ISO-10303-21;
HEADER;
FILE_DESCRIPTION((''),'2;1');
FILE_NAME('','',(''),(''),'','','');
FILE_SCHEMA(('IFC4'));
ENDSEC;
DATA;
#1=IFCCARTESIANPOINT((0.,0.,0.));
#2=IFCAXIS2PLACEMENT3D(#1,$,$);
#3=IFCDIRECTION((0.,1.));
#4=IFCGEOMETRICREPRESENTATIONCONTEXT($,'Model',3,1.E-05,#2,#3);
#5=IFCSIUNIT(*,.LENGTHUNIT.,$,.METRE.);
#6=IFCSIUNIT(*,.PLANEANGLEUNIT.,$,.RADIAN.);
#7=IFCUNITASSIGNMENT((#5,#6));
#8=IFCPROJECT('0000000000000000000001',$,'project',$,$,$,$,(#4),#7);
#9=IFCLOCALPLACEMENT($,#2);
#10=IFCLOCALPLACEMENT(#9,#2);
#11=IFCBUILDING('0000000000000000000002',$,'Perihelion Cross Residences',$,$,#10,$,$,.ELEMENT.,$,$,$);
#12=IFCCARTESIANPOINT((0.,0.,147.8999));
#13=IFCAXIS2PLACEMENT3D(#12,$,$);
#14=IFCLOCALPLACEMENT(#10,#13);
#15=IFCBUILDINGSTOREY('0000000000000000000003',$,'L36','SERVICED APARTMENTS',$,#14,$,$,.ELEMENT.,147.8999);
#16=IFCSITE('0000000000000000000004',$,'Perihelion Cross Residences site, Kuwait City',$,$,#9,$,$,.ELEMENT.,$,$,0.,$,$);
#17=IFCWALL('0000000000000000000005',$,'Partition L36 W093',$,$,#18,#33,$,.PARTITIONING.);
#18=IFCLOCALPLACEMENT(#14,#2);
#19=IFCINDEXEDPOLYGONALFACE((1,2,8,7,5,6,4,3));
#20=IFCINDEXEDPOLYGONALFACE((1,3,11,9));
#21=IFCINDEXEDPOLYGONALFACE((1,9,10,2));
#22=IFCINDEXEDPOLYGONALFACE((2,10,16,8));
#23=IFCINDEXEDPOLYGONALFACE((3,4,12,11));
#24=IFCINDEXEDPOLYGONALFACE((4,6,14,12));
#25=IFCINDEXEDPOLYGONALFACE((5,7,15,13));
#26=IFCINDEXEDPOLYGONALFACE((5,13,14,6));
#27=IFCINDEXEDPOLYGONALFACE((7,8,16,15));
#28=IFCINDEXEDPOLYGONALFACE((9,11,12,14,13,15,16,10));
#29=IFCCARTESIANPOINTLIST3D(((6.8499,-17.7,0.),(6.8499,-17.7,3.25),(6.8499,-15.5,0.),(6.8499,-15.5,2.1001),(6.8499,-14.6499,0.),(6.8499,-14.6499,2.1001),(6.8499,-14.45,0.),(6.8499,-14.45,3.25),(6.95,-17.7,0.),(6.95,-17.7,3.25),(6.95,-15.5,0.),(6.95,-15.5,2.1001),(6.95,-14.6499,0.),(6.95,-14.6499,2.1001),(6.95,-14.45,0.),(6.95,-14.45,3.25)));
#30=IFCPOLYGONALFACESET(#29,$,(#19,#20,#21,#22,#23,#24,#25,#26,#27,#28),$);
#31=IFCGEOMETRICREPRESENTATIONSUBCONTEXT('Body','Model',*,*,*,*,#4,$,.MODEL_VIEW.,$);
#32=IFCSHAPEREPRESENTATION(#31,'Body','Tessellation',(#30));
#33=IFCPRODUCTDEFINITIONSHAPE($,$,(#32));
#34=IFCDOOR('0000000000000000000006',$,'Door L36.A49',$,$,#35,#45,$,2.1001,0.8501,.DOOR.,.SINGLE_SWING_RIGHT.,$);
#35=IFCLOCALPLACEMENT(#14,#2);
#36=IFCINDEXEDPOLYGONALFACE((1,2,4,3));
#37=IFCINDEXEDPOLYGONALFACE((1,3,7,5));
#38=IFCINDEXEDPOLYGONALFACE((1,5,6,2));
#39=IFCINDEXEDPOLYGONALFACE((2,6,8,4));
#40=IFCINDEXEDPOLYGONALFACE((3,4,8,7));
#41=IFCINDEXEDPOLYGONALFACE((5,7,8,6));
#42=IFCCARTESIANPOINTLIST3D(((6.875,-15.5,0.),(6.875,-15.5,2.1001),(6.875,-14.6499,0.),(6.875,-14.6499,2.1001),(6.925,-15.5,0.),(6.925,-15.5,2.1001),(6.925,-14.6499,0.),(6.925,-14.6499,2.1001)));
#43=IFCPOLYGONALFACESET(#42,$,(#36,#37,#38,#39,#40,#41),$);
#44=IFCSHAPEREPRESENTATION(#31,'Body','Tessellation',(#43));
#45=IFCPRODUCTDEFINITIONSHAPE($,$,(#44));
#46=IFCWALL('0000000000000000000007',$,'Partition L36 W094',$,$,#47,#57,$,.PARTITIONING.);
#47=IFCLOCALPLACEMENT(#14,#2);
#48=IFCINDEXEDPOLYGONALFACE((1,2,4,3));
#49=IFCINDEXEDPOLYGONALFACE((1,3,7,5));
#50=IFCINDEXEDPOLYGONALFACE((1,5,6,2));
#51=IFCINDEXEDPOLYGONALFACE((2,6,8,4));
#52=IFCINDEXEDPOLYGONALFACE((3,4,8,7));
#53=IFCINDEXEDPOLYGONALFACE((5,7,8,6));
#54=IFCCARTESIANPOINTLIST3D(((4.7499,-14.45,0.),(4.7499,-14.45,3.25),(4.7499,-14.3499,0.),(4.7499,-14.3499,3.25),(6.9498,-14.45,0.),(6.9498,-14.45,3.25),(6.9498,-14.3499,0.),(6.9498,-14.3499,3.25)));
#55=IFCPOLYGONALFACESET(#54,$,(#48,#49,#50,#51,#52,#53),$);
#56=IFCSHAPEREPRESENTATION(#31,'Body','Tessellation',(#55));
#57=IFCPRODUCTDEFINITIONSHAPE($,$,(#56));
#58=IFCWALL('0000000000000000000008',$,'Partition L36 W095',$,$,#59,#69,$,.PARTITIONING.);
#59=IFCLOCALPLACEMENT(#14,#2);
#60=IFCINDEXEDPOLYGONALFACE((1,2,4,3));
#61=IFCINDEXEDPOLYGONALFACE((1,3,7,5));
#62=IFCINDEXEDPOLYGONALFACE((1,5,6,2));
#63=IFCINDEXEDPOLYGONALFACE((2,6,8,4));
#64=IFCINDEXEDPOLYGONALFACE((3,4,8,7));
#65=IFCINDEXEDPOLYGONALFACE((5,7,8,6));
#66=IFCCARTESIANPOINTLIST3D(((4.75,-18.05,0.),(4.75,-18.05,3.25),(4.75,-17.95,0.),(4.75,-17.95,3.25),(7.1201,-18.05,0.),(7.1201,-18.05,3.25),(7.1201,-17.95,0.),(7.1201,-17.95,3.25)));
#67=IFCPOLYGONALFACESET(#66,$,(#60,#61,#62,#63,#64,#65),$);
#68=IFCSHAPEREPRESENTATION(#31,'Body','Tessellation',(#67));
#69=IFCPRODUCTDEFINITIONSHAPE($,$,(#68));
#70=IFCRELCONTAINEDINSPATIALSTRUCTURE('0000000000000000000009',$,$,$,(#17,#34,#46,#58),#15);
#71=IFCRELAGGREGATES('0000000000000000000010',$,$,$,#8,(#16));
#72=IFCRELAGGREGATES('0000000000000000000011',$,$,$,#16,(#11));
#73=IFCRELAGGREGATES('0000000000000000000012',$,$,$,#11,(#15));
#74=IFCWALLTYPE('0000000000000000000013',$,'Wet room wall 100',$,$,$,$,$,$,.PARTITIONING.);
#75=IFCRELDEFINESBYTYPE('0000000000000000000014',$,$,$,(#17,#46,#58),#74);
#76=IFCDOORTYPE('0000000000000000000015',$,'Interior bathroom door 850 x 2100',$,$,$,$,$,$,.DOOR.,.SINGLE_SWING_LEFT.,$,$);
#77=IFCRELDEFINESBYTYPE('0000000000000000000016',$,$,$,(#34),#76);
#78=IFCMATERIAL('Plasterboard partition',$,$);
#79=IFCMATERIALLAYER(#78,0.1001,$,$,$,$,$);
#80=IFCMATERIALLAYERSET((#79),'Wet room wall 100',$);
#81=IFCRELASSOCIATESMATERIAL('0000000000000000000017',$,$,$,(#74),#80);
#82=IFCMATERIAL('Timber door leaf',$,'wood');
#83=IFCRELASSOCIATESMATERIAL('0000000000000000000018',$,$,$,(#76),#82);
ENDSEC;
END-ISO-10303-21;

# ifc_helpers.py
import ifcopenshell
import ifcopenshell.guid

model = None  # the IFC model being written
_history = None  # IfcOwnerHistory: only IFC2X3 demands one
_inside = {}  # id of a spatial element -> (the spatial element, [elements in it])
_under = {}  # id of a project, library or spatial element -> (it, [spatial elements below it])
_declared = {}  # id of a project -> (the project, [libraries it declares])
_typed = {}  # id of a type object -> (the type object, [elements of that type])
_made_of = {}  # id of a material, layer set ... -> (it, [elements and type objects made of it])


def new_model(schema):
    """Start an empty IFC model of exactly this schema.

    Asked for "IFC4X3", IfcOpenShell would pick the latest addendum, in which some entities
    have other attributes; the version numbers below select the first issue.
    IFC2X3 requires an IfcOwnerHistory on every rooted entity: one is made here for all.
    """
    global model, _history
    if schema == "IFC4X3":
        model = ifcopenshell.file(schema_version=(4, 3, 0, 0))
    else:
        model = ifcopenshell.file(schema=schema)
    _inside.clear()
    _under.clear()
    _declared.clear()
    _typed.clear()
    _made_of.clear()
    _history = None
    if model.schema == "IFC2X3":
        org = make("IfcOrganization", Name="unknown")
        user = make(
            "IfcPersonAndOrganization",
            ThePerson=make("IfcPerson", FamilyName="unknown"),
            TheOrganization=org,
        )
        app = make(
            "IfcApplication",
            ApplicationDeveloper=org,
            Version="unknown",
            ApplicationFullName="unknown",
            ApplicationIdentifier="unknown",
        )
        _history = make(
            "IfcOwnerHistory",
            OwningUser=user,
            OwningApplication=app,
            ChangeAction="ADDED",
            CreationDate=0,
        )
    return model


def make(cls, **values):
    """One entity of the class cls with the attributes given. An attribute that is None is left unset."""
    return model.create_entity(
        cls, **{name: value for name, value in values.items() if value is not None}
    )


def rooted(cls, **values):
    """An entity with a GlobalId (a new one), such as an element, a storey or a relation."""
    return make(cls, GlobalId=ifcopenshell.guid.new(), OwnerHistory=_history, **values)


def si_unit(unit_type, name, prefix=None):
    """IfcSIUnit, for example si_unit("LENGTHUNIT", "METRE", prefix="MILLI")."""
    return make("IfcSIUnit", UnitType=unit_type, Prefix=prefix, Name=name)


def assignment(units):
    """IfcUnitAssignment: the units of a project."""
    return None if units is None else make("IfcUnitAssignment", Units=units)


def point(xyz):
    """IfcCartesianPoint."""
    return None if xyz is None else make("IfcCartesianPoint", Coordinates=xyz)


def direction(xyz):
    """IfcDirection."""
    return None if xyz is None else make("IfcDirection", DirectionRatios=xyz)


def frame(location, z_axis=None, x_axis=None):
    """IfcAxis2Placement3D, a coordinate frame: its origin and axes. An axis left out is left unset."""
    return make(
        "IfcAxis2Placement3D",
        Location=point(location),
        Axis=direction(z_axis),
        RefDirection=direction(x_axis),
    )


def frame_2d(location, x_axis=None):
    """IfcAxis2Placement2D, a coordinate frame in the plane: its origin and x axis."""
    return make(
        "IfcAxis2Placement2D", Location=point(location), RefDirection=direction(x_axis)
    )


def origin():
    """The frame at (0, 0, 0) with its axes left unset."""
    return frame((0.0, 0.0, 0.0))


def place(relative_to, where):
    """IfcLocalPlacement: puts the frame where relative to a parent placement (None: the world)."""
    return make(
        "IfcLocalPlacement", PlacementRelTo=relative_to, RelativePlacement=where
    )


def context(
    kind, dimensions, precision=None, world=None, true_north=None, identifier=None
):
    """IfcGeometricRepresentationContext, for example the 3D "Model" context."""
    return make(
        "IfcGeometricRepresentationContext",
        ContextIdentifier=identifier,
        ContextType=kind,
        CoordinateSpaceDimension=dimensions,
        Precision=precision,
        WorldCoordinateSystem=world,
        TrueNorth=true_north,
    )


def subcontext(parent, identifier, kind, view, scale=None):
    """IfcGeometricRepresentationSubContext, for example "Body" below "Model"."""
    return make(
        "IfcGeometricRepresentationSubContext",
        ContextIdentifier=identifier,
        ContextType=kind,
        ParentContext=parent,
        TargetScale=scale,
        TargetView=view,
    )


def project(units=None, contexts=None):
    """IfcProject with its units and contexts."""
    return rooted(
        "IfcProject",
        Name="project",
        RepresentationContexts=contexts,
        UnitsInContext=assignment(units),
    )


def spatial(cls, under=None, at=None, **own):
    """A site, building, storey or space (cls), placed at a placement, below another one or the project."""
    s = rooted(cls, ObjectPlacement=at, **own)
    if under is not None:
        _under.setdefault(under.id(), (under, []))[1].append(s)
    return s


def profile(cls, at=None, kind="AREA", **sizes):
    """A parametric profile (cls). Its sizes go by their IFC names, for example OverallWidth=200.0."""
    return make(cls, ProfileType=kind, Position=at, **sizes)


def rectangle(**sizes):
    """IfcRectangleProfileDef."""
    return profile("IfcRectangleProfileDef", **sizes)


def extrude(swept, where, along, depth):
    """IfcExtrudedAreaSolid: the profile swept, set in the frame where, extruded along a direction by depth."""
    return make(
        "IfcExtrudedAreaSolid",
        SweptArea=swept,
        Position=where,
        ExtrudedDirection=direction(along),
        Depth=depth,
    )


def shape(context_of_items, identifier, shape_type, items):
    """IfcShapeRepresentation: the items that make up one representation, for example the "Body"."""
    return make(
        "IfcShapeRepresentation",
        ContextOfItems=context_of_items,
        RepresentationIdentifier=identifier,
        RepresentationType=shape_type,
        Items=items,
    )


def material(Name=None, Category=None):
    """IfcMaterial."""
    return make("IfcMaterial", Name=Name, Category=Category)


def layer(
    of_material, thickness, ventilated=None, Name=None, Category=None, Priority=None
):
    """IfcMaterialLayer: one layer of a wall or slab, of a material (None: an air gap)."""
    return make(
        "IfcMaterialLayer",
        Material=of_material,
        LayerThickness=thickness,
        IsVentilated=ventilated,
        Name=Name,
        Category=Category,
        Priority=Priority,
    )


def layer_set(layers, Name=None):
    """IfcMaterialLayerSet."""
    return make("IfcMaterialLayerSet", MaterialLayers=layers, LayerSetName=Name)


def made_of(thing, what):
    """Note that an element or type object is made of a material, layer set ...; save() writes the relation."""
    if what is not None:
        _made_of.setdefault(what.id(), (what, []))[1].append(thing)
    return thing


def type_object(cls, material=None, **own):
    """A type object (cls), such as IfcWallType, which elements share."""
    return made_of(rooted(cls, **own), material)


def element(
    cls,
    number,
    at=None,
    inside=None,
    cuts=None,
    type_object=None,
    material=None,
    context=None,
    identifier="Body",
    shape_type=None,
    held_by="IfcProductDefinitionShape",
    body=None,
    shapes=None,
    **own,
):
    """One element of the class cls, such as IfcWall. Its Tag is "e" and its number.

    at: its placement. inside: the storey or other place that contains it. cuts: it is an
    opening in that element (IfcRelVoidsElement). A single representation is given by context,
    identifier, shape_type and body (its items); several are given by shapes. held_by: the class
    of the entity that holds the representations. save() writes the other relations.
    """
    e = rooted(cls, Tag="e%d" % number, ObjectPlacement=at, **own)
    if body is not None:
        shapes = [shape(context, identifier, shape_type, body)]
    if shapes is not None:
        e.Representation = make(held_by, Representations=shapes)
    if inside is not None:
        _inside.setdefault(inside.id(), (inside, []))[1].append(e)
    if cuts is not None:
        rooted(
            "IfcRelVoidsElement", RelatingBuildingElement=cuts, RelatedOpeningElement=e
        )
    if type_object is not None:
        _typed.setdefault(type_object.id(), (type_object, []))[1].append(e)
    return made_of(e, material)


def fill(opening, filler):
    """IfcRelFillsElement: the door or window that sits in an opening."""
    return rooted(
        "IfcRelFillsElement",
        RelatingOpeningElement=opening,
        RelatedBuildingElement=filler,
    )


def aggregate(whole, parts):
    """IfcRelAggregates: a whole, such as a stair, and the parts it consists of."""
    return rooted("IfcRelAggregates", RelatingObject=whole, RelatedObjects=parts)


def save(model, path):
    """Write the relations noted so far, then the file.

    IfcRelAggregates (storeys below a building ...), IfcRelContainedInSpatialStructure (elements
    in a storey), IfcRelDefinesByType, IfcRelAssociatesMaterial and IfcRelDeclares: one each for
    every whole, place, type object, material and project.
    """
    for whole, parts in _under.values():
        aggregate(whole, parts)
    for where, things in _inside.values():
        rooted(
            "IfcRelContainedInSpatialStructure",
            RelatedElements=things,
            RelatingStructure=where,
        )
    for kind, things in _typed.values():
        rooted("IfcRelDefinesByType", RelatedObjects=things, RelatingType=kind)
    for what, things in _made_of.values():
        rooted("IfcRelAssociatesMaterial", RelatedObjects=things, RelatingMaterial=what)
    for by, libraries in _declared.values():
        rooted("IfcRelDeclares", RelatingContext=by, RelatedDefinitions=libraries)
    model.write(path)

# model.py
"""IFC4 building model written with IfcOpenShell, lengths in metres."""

from ifc_helpers import new_model, si_unit, direction, frame, frame_2d, origin, place, context, subcontext, project, spatial, rectangle, extrude, material, layer, layer_set, type_object, element, fill, save


model = new_model("IFC4")

# Units and contexts
model_context = context("Model", 3, precision=1e-05, world=origin(), true_north=direction((0.0, 1.0)))
body_context = subcontext(model_context, "Body", "Model", "MODEL_VIEW")
ifc_project = project(units=[si_unit("LENGTHUNIT", "METRE"), si_unit("PLANEANGLEUNIT", "RADIAN")], contexts=[model_context])

# Site, building, storey
site_placement = place(None, origin())
site = spatial("IfcSite", under=ifc_project, at=site_placement, Name="Perihelion Cross Residences site, Kuwait City", CompositionType="ELEMENT", RefElevation=0.0)
building_placement = place(site_placement, origin())
building = spatial("IfcBuilding", under=site, at=building_placement, Name="Perihelion Cross Residences", CompositionType="ELEMENT")
storey_placement = place(building_placement, frame((0.0, 0.0, 147.8999)))
storey = spatial("IfcBuildingStorey", under=building, at=storey_placement, Name="L36", Description="SERVICED APARTMENTS", CompositionType="ELEMENT", Elevation=147.8999)

# Wall, opening, door
ifc_material_1 = material(Name="Plasterboard partition")
ifc_layer_1 = layer(ifc_material_1, 0.1001)
ifc_layer_set_1 = layer_set([ifc_layer_1], Name="Wet room wall 100")
wall_type_1 = type_object("IfcWallType", Name="Wet room wall 100", PredefinedType="PARTITIONING", material=ifc_layer_set_1)
wall_1_placement = place(storey_placement, frame((6.8999, -17.7, 0.0), z_axis=(0.0, 0.0, 1.0), x_axis=(0.0, 1.0, 0.0)))
wall_1 = element("IfcWall", 1, at=wall_1_placement, inside=storey, type_object=wall_type_1, Name="Partition L36 W093", PredefinedType="PARTITIONING", context=body_context, shape_type="SweptSolid", body=[
    extrude(rectangle(XDim=3.25, YDim=0.1001, at=frame_2d((1.625, 0.0))), origin(), (0.0, 0.0, 1.0), 3.25),
])
opening_1_placement = place(wall_1_placement, frame((2.2, 0.0, 0.0)))
opening_1 = element("IfcOpeningElement", 2, at=opening_1_placement, cuts=wall_1, PredefinedType="OPENING", context=body_context, shape_type="SweptSolid", body=[
    extrude(rectangle(XDim=0.8501, YDim=2.1001, at=frame_2d((0.425, 1.05))), frame((0.0, 0.0601, 0.0), z_axis=(0.0, -1.0, 0.0), x_axis=(1.0, 0.0, 0.0)), (0.0, 0.0, 1.0), 0.1201),
])
ifc_material_2 = material(Name="Timber door leaf", Category="wood")
door_type_1 = type_object("IfcDoorType", Name="Interior bathroom door 850 x 2100", OperationType="SINGLE_SWING_LEFT", PredefinedType="DOOR", material=ifc_material_2)
door_1_placement = place(opening_1_placement, origin())
door_1 = element("IfcDoor", 3, at=door_1_placement, inside=storey, type_object=door_type_1, Name="Door L36.A49", OperationType="SINGLE_SWING_RIGHT", OverallHeight=2.1001, OverallWidth=0.8501, PredefinedType="DOOR", context=body_context, shape_type="SweptSolid", body=[
    extrude(rectangle(XDim=0.8501, YDim=2.1001, at=frame_2d((0.425, 1.05))), frame((0.0, 0.0249, 0.0), z_axis=(0.0, -1.0, 0.0), x_axis=(1.0, 0.0, 0.0)), (0.0, 0.0, 1.0), 0.05),
])
fill(opening_1, door_1)

# Walls
wall_2_placement = place(storey_placement, frame((6.95, -14.3999, 0.0), z_axis=(0.0, 0.0, 1.0), x_axis=(-1.0, 0.0, 0.0)))
element("IfcWall", 4, at=wall_2_placement, inside=storey, type_object=wall_type_1, Name="Partition L36 W094", PredefinedType="PARTITIONING", context=body_context, shape_type="SweptSolid", body=[
    extrude(rectangle(XDim=2.2, YDim=0.1001, at=frame_2d((1.1001, 0.0))), origin(), (0.0, 0.0, 1.0), 3.25),
])
wall_3_placement = place(storey_placement, frame((7.1201, -18.0, 0.0), z_axis=(0.0, 0.0, 1.0), x_axis=(-1.0, 0.0, 0.0)))
element("IfcWall", 5, at=wall_3_placement, inside=storey, type_object=wall_type_1, Name="Partition L36 W095", PredefinedType="PARTITIONING", context=body_context, shape_type="SweptSolid", body=[
    extrude(rectangle(XDim=2.3701, YDim=0.1001, at=frame_2d((1.1851, 0.0))), origin(), (0.0, 0.0, 1.0), 3.25),
])

save(model, "model.ifc")
